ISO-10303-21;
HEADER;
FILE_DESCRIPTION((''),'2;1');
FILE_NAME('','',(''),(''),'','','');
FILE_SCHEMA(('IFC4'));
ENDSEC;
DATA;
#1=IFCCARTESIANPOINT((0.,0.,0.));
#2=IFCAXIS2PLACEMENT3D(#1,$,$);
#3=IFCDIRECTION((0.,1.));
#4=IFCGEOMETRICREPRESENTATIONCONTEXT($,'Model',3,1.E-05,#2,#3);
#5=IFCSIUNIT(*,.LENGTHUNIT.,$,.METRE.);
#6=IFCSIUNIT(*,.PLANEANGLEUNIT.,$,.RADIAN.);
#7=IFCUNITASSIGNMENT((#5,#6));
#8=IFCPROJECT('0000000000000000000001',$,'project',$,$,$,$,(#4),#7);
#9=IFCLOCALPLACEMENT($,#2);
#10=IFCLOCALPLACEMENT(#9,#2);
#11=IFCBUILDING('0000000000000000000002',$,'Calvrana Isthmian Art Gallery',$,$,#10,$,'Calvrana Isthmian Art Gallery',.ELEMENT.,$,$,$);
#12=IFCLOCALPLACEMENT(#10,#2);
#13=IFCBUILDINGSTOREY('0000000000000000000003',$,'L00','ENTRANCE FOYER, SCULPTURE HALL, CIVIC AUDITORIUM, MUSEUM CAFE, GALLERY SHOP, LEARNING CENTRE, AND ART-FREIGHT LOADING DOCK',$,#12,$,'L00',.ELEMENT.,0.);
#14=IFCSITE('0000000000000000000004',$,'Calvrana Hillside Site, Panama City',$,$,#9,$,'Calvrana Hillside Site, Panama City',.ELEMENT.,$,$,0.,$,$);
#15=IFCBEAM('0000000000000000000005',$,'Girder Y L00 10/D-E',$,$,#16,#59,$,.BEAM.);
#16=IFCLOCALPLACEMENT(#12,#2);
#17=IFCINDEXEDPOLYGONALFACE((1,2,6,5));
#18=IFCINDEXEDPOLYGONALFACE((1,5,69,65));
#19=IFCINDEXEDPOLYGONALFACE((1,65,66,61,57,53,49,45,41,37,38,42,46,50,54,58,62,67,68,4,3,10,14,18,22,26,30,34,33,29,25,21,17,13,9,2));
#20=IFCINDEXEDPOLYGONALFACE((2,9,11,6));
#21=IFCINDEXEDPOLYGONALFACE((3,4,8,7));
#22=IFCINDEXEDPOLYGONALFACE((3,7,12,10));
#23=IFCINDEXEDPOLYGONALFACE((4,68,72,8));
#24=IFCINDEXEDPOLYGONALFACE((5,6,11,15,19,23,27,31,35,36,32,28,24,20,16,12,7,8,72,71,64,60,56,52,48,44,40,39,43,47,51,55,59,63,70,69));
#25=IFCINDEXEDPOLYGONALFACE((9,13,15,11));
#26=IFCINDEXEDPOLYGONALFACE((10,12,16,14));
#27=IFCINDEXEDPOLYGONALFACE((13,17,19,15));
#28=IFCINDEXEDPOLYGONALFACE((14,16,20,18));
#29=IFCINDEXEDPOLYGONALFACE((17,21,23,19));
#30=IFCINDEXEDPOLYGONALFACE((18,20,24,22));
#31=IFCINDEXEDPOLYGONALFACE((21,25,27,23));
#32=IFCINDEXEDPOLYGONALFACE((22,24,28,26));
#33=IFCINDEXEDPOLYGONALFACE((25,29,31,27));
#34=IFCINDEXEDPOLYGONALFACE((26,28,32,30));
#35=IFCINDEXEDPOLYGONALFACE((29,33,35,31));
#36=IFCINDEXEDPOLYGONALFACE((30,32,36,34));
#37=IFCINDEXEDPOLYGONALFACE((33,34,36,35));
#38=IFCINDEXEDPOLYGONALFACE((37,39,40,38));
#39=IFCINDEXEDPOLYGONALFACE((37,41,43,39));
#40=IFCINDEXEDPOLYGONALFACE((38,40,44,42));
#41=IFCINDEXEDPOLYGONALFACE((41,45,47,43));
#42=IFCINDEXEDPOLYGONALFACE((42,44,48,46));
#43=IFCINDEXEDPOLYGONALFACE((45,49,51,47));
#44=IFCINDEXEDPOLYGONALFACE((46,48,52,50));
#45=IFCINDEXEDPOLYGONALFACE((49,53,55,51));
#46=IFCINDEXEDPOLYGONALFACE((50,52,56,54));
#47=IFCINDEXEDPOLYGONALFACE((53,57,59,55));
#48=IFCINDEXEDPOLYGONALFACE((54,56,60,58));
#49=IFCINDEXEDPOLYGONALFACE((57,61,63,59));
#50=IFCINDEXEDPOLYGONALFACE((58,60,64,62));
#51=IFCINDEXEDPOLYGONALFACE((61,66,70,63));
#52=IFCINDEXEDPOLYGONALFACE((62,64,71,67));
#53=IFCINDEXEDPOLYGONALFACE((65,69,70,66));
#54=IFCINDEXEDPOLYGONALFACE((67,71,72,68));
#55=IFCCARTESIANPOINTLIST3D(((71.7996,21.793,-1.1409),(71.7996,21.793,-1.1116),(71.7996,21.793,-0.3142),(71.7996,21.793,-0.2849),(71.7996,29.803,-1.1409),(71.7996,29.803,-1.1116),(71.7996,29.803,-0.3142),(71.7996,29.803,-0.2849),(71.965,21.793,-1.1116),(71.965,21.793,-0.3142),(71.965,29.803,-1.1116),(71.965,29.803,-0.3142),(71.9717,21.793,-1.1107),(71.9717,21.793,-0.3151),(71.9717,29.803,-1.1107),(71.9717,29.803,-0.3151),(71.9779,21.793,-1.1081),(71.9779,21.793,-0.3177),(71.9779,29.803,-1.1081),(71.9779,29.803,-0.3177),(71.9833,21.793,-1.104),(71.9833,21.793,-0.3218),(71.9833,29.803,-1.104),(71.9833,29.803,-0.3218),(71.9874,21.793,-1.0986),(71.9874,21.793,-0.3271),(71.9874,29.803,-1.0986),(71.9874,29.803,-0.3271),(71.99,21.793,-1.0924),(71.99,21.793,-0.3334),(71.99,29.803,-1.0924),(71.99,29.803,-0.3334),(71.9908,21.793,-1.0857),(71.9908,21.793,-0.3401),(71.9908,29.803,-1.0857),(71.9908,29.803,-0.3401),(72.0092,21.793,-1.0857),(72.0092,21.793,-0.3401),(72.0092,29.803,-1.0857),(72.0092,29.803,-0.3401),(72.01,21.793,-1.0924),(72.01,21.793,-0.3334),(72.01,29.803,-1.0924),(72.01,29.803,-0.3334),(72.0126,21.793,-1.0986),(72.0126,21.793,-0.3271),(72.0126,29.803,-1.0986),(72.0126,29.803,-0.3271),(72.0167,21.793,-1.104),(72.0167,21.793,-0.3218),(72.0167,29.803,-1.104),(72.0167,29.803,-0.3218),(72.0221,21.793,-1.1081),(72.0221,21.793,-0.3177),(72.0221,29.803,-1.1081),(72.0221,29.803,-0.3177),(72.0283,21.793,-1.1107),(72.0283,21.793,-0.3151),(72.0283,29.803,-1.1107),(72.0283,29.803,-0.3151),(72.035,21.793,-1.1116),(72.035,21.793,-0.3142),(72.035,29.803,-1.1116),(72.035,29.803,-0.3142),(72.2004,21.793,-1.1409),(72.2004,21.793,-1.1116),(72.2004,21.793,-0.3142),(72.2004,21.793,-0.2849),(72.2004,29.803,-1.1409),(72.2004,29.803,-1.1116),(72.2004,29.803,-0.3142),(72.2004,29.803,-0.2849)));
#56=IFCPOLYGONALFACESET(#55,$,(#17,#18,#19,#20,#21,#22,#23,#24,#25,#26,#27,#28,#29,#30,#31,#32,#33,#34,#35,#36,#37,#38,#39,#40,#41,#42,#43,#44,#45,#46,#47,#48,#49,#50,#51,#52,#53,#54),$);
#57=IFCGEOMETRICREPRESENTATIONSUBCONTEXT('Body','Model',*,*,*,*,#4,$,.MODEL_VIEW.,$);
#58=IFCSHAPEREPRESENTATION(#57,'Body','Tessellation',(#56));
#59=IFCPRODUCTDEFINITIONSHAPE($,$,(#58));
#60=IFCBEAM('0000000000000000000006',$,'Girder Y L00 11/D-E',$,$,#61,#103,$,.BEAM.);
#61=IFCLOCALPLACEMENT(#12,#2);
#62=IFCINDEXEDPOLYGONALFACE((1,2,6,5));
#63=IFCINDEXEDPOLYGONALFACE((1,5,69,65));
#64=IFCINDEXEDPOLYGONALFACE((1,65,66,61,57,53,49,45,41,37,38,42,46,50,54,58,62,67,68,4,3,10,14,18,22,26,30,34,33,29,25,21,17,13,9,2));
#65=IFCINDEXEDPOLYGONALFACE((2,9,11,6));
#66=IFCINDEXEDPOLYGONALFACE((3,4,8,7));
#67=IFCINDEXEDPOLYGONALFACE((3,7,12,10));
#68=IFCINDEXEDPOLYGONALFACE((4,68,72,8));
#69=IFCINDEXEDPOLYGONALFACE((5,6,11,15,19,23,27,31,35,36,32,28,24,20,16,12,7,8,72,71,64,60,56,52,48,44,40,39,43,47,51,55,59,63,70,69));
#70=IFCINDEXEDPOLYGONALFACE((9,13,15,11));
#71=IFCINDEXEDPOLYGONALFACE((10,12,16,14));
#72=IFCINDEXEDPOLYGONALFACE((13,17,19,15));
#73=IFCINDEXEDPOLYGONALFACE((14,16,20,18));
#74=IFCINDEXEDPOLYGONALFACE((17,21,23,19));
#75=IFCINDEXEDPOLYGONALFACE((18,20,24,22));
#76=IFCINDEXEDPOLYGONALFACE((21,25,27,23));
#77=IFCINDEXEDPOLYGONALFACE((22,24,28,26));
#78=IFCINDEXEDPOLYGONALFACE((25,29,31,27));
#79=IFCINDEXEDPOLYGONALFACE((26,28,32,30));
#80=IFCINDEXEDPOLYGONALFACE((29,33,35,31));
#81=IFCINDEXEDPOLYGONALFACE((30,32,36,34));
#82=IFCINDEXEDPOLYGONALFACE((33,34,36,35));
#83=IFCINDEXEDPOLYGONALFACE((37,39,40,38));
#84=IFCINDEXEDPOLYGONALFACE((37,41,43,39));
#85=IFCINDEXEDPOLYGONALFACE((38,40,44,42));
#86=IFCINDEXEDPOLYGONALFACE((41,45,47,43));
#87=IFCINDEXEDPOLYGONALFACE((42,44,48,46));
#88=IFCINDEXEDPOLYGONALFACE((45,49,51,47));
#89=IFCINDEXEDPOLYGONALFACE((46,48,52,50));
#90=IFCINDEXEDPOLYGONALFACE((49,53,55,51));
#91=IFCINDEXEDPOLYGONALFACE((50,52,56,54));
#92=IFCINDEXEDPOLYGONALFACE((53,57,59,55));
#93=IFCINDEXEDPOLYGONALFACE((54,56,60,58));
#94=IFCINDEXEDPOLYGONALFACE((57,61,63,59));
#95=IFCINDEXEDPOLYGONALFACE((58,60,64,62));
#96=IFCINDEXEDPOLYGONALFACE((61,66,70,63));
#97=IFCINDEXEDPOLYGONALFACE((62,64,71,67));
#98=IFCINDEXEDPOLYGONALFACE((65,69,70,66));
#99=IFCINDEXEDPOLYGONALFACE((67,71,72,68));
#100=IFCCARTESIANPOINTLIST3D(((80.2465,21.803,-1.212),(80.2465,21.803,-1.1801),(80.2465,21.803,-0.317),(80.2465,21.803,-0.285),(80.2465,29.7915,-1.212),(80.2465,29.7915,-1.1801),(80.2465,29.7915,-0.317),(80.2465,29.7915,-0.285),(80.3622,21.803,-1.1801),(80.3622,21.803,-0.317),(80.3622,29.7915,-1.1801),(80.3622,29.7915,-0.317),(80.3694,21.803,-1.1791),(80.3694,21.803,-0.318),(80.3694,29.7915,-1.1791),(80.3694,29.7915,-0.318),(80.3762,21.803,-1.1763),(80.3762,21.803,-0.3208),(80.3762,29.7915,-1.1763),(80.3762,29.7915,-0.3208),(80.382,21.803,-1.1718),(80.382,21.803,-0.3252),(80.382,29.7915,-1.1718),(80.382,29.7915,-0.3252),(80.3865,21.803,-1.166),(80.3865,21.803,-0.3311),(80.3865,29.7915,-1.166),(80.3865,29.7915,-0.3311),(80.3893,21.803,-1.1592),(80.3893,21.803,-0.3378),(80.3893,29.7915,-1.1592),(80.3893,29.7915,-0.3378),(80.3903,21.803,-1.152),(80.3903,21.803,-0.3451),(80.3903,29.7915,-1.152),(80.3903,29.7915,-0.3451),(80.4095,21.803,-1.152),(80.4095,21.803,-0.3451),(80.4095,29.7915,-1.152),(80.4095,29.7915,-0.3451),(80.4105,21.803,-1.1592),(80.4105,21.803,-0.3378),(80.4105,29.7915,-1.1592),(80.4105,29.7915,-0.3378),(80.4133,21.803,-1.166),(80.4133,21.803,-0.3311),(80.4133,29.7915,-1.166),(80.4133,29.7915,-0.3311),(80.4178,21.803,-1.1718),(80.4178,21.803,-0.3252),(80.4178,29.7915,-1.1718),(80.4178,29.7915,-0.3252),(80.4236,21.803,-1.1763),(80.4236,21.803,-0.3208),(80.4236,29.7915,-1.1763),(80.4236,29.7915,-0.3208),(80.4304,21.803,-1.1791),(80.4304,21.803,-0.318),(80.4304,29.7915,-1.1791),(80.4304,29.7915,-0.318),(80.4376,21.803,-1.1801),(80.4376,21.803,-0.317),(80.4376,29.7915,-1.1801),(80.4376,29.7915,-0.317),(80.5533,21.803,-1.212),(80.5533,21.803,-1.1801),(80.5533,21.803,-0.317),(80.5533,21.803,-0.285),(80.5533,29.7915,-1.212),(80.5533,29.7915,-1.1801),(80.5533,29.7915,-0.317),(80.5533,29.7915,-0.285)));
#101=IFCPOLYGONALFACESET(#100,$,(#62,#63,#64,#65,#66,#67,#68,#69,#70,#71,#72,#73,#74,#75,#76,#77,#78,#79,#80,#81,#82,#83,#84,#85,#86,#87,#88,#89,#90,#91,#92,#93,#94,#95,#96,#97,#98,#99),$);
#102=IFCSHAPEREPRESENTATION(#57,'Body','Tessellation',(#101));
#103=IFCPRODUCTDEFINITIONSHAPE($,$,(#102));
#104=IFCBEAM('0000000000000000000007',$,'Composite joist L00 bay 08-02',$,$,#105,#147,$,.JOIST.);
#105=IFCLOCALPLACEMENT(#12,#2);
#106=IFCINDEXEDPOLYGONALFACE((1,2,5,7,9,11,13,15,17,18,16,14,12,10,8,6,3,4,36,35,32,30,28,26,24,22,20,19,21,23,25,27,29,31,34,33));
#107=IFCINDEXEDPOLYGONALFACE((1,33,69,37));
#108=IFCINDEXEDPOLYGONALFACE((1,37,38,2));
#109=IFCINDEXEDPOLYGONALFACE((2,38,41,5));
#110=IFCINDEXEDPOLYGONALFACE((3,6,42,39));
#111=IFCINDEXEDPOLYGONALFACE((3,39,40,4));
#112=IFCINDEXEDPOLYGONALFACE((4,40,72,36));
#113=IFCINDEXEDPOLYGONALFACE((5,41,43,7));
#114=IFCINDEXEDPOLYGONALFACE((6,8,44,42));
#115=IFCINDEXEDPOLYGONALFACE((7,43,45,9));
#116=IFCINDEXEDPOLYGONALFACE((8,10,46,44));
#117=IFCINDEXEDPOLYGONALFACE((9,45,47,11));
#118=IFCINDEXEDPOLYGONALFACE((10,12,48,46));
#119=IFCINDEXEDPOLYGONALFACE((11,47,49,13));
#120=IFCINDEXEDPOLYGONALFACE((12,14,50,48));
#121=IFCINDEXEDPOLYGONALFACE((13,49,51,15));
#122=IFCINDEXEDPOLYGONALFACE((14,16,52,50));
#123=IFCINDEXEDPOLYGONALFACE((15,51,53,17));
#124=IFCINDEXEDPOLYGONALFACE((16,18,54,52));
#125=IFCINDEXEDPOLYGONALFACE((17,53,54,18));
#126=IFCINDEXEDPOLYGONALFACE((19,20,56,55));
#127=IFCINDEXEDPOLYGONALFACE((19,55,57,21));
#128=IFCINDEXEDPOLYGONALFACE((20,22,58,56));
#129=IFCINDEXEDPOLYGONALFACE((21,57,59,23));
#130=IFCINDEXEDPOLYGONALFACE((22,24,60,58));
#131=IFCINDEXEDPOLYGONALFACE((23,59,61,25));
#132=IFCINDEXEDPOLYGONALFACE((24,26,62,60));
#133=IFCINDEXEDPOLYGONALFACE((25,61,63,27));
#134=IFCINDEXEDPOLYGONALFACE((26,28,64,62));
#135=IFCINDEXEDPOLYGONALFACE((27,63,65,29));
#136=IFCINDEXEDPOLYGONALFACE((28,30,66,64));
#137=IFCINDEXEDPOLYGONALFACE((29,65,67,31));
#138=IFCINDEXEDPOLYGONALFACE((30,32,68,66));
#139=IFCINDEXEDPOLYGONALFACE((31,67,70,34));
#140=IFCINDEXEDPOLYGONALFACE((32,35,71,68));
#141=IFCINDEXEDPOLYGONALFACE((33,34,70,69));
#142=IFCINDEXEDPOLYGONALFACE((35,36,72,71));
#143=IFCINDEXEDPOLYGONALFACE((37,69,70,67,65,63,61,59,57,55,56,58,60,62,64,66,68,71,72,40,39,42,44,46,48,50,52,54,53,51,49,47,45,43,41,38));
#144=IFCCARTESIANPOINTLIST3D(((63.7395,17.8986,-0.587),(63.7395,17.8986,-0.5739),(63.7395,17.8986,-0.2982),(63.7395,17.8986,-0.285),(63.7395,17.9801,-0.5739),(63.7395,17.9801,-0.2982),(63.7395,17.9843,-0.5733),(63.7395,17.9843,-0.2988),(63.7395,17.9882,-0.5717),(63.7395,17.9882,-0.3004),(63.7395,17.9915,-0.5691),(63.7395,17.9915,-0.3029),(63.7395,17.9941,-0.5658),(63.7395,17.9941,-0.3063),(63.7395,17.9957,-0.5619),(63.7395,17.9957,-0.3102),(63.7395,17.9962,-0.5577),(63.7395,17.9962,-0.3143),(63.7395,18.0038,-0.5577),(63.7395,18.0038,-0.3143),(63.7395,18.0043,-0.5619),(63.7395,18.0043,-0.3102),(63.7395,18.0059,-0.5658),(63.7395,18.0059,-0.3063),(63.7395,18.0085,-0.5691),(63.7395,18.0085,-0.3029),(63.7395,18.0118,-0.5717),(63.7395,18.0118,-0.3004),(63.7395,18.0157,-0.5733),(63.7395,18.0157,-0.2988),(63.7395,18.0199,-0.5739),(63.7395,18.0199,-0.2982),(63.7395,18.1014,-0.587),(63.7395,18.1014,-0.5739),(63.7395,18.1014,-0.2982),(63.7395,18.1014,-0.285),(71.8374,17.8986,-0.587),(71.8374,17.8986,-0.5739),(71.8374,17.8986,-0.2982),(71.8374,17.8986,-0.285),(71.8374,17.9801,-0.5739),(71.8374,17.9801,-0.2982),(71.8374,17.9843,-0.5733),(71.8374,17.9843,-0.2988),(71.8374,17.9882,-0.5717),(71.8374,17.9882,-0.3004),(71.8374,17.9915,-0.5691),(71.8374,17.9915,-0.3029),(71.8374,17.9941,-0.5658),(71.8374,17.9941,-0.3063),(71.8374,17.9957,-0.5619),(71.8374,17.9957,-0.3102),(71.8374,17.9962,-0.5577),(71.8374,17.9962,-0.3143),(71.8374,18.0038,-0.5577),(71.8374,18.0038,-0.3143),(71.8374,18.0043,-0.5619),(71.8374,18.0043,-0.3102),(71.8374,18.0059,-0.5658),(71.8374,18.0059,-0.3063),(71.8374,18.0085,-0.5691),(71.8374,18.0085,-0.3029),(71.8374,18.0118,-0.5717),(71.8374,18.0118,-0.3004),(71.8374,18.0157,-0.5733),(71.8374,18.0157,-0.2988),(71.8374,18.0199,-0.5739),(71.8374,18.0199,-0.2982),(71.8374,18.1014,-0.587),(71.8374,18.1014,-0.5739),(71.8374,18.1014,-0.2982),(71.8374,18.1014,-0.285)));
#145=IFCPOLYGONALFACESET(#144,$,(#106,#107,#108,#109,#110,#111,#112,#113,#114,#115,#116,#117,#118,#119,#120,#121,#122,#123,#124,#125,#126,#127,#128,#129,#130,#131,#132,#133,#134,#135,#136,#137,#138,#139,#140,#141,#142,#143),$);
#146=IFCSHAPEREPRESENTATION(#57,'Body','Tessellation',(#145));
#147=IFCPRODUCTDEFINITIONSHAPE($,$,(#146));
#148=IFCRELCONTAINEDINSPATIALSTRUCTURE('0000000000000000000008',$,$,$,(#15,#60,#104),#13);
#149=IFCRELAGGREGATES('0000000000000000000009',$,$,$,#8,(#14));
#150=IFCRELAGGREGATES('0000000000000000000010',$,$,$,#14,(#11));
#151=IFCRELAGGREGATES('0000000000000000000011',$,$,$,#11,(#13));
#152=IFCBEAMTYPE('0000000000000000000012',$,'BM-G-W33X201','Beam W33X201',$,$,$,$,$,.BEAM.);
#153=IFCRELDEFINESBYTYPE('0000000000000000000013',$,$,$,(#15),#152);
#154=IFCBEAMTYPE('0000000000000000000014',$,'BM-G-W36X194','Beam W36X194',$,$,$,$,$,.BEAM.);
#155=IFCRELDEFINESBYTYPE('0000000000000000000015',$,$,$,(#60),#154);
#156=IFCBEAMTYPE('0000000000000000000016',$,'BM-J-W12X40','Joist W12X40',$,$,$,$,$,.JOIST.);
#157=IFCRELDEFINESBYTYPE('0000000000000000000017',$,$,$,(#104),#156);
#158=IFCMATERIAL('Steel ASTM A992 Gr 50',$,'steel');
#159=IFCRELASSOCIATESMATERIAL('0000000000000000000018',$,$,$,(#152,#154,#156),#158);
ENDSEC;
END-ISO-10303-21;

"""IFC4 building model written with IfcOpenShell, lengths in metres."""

from ifc_helpers import new_model, si_unit, direction, frame, origin, origin_2d, place, context, subcontext, project, spatial, i_section, extrude, material, material_profile, profile_set, type_object, element, save


model = new_model("IFC4")

# Units and contexts
model_context = context("Model", 3, precision=1e-05, world=origin(), true_north=direction((0.0, 1.0)))
body_context = subcontext(model_context, "Body", "Model", "MODEL_VIEW")
ifc_project = project(units=[si_unit("LENGTHUNIT", "METRE"), si_unit("PLANEANGLEUNIT", "RADIAN")], contexts=[model_context])

# Site, building, storey
site_placement = place(None, origin())
site = spatial("IfcSite", under=ifc_project, at=site_placement, Name="Calvrana Hillside Site, Panama City", LongName="Calvrana Hillside Site, Panama City", CompositionType="ELEMENT", RefElevation=0.0)
building_placement = place(site_placement, origin())
building = spatial("IfcBuilding", under=site, at=building_placement, Name="Calvrana Isthmian Art Gallery", LongName="Calvrana Isthmian Art Gallery", CompositionType="ELEMENT")
storey_placement = place(building_placement, origin())
storey = spatial("IfcBuildingStorey", under=building, at=storey_placement, Name="L00", Description="ENTRANCE FOYER, SCULPTURE HALL, CIVIC AUDITORIUM, MUSEUM CAFE, GALLERY SHOP, LEARNING CENTRE, AND ART-FREIGHT LOADING DOCK", LongName="L00", CompositionType="ELEMENT", Elevation=0.0)

# Shared definitions
ifc_material_1 = material(Name="Steel ASTM A992 Gr 50", Category="steel")

# Beams
ifc_material_profile_1 = material_profile(ifc_material_1, i_section(OverallWidth=0.4009, OverallDepth=0.856, WebThickness=0.0183, FlangeThickness=0.0293, FilletRadius=0.0259, at=origin_2d()), Name="W33X201")
ifc_profile_set_1 = profile_set([ifc_material_profile_1], Name="Steel ASTM A992 Gr 50")
beam_type_1 = type_object("IfcBeamType", Name="BM-G-W33X201", Description="Beam W33X201", PredefinedType="BEAM", material=ifc_profile_set_1)
beam_1_placement = place(storey_placement, frame((72.0, 21.793, -0.7129), z_axis=(0.0, 1.0, 0.0), x_axis=(-1.0, 0.0, 0.0)))
element("IfcBeam", 1, at=beam_1_placement, inside=storey, type_object=beam_type_1, Name="Girder Y L00 10/D-E", PredefinedType="BEAM", context=body_context, shape_type="SweptSolid", body=[
    extrude(i_section(OverallWidth=0.4009, OverallDepth=0.856, WebThickness=0.0183, FlangeThickness=0.0293, FilletRadius=0.0259, at=origin_2d()), origin(), (0.0, 0.0, 1.0), 8.01),
])
ifc_material_profile_2 = material_profile(ifc_material_1, i_section(OverallWidth=0.3069, OverallDepth=0.927, WebThickness=0.0193, FlangeThickness=0.032, FilletRadius=0.0281, at=origin_2d()), Name="W36X194")
ifc_profile_set_2 = profile_set([ifc_material_profile_2], Name="Steel ASTM A992 Gr 50")
beam_type_2 = type_object("IfcBeamType", Name="BM-G-W36X194", Description="Beam W36X194", PredefinedType="BEAM", material=ifc_profile_set_2)
beam_2_placement = place(storey_placement, frame((80.3999, 21.803, -0.7485), z_axis=(0.0, 1.0, 0.0), x_axis=(-1.0, 0.0, 0.0)))
element("IfcBeam", 2, at=beam_2_placement, inside=storey, type_object=beam_type_2, Name="Girder Y L00 11/D-E", PredefinedType="BEAM", context=body_context, shape_type="SweptSolid", body=[
    extrude(i_section(OverallWidth=0.3069, OverallDepth=0.927, WebThickness=0.0193, FlangeThickness=0.032, FilletRadius=0.0281, at=origin_2d()), origin(), (0.0, 0.0, 1.0), 7.9885),
])
ifc_material_profile_3 = material_profile(ifc_material_1, i_section(OverallWidth=0.2029, OverallDepth=0.302, WebThickness=0.0076, FlangeThickness=0.0132, FilletRadius=0.0161, at=origin_2d()), Name="W12X40")
ifc_profile_set_3 = profile_set([ifc_material_profile_3], Name="Steel ASTM A992 Gr 50")
beam_type_3 = type_object("IfcBeamType", Name="BM-J-W12X40", Description="Joist W12X40", PredefinedType="JOIST", material=ifc_profile_set_3)
beam_3_placement = place(storey_placement, frame((63.7395, 18.0, -0.436), z_axis=(1.0, 0.0, 0.0), x_axis=(0.0, 1.0, 0.0)))
element("IfcBeam", 3, at=beam_3_placement, inside=storey, type_object=beam_type_3, Name="Composite joist L00 bay 08-02", PredefinedType="JOIST", context=body_context, shape_type="SweptSolid", body=[
    extrude(i_section(OverallWidth=0.2029, OverallDepth=0.302, WebThickness=0.0076, FlangeThickness=0.0132, FilletRadius=0.0161, at=origin_2d()), origin(), (0.0, 0.0, 1.0), 8.0979),
])

save(model, "model.ifc")
